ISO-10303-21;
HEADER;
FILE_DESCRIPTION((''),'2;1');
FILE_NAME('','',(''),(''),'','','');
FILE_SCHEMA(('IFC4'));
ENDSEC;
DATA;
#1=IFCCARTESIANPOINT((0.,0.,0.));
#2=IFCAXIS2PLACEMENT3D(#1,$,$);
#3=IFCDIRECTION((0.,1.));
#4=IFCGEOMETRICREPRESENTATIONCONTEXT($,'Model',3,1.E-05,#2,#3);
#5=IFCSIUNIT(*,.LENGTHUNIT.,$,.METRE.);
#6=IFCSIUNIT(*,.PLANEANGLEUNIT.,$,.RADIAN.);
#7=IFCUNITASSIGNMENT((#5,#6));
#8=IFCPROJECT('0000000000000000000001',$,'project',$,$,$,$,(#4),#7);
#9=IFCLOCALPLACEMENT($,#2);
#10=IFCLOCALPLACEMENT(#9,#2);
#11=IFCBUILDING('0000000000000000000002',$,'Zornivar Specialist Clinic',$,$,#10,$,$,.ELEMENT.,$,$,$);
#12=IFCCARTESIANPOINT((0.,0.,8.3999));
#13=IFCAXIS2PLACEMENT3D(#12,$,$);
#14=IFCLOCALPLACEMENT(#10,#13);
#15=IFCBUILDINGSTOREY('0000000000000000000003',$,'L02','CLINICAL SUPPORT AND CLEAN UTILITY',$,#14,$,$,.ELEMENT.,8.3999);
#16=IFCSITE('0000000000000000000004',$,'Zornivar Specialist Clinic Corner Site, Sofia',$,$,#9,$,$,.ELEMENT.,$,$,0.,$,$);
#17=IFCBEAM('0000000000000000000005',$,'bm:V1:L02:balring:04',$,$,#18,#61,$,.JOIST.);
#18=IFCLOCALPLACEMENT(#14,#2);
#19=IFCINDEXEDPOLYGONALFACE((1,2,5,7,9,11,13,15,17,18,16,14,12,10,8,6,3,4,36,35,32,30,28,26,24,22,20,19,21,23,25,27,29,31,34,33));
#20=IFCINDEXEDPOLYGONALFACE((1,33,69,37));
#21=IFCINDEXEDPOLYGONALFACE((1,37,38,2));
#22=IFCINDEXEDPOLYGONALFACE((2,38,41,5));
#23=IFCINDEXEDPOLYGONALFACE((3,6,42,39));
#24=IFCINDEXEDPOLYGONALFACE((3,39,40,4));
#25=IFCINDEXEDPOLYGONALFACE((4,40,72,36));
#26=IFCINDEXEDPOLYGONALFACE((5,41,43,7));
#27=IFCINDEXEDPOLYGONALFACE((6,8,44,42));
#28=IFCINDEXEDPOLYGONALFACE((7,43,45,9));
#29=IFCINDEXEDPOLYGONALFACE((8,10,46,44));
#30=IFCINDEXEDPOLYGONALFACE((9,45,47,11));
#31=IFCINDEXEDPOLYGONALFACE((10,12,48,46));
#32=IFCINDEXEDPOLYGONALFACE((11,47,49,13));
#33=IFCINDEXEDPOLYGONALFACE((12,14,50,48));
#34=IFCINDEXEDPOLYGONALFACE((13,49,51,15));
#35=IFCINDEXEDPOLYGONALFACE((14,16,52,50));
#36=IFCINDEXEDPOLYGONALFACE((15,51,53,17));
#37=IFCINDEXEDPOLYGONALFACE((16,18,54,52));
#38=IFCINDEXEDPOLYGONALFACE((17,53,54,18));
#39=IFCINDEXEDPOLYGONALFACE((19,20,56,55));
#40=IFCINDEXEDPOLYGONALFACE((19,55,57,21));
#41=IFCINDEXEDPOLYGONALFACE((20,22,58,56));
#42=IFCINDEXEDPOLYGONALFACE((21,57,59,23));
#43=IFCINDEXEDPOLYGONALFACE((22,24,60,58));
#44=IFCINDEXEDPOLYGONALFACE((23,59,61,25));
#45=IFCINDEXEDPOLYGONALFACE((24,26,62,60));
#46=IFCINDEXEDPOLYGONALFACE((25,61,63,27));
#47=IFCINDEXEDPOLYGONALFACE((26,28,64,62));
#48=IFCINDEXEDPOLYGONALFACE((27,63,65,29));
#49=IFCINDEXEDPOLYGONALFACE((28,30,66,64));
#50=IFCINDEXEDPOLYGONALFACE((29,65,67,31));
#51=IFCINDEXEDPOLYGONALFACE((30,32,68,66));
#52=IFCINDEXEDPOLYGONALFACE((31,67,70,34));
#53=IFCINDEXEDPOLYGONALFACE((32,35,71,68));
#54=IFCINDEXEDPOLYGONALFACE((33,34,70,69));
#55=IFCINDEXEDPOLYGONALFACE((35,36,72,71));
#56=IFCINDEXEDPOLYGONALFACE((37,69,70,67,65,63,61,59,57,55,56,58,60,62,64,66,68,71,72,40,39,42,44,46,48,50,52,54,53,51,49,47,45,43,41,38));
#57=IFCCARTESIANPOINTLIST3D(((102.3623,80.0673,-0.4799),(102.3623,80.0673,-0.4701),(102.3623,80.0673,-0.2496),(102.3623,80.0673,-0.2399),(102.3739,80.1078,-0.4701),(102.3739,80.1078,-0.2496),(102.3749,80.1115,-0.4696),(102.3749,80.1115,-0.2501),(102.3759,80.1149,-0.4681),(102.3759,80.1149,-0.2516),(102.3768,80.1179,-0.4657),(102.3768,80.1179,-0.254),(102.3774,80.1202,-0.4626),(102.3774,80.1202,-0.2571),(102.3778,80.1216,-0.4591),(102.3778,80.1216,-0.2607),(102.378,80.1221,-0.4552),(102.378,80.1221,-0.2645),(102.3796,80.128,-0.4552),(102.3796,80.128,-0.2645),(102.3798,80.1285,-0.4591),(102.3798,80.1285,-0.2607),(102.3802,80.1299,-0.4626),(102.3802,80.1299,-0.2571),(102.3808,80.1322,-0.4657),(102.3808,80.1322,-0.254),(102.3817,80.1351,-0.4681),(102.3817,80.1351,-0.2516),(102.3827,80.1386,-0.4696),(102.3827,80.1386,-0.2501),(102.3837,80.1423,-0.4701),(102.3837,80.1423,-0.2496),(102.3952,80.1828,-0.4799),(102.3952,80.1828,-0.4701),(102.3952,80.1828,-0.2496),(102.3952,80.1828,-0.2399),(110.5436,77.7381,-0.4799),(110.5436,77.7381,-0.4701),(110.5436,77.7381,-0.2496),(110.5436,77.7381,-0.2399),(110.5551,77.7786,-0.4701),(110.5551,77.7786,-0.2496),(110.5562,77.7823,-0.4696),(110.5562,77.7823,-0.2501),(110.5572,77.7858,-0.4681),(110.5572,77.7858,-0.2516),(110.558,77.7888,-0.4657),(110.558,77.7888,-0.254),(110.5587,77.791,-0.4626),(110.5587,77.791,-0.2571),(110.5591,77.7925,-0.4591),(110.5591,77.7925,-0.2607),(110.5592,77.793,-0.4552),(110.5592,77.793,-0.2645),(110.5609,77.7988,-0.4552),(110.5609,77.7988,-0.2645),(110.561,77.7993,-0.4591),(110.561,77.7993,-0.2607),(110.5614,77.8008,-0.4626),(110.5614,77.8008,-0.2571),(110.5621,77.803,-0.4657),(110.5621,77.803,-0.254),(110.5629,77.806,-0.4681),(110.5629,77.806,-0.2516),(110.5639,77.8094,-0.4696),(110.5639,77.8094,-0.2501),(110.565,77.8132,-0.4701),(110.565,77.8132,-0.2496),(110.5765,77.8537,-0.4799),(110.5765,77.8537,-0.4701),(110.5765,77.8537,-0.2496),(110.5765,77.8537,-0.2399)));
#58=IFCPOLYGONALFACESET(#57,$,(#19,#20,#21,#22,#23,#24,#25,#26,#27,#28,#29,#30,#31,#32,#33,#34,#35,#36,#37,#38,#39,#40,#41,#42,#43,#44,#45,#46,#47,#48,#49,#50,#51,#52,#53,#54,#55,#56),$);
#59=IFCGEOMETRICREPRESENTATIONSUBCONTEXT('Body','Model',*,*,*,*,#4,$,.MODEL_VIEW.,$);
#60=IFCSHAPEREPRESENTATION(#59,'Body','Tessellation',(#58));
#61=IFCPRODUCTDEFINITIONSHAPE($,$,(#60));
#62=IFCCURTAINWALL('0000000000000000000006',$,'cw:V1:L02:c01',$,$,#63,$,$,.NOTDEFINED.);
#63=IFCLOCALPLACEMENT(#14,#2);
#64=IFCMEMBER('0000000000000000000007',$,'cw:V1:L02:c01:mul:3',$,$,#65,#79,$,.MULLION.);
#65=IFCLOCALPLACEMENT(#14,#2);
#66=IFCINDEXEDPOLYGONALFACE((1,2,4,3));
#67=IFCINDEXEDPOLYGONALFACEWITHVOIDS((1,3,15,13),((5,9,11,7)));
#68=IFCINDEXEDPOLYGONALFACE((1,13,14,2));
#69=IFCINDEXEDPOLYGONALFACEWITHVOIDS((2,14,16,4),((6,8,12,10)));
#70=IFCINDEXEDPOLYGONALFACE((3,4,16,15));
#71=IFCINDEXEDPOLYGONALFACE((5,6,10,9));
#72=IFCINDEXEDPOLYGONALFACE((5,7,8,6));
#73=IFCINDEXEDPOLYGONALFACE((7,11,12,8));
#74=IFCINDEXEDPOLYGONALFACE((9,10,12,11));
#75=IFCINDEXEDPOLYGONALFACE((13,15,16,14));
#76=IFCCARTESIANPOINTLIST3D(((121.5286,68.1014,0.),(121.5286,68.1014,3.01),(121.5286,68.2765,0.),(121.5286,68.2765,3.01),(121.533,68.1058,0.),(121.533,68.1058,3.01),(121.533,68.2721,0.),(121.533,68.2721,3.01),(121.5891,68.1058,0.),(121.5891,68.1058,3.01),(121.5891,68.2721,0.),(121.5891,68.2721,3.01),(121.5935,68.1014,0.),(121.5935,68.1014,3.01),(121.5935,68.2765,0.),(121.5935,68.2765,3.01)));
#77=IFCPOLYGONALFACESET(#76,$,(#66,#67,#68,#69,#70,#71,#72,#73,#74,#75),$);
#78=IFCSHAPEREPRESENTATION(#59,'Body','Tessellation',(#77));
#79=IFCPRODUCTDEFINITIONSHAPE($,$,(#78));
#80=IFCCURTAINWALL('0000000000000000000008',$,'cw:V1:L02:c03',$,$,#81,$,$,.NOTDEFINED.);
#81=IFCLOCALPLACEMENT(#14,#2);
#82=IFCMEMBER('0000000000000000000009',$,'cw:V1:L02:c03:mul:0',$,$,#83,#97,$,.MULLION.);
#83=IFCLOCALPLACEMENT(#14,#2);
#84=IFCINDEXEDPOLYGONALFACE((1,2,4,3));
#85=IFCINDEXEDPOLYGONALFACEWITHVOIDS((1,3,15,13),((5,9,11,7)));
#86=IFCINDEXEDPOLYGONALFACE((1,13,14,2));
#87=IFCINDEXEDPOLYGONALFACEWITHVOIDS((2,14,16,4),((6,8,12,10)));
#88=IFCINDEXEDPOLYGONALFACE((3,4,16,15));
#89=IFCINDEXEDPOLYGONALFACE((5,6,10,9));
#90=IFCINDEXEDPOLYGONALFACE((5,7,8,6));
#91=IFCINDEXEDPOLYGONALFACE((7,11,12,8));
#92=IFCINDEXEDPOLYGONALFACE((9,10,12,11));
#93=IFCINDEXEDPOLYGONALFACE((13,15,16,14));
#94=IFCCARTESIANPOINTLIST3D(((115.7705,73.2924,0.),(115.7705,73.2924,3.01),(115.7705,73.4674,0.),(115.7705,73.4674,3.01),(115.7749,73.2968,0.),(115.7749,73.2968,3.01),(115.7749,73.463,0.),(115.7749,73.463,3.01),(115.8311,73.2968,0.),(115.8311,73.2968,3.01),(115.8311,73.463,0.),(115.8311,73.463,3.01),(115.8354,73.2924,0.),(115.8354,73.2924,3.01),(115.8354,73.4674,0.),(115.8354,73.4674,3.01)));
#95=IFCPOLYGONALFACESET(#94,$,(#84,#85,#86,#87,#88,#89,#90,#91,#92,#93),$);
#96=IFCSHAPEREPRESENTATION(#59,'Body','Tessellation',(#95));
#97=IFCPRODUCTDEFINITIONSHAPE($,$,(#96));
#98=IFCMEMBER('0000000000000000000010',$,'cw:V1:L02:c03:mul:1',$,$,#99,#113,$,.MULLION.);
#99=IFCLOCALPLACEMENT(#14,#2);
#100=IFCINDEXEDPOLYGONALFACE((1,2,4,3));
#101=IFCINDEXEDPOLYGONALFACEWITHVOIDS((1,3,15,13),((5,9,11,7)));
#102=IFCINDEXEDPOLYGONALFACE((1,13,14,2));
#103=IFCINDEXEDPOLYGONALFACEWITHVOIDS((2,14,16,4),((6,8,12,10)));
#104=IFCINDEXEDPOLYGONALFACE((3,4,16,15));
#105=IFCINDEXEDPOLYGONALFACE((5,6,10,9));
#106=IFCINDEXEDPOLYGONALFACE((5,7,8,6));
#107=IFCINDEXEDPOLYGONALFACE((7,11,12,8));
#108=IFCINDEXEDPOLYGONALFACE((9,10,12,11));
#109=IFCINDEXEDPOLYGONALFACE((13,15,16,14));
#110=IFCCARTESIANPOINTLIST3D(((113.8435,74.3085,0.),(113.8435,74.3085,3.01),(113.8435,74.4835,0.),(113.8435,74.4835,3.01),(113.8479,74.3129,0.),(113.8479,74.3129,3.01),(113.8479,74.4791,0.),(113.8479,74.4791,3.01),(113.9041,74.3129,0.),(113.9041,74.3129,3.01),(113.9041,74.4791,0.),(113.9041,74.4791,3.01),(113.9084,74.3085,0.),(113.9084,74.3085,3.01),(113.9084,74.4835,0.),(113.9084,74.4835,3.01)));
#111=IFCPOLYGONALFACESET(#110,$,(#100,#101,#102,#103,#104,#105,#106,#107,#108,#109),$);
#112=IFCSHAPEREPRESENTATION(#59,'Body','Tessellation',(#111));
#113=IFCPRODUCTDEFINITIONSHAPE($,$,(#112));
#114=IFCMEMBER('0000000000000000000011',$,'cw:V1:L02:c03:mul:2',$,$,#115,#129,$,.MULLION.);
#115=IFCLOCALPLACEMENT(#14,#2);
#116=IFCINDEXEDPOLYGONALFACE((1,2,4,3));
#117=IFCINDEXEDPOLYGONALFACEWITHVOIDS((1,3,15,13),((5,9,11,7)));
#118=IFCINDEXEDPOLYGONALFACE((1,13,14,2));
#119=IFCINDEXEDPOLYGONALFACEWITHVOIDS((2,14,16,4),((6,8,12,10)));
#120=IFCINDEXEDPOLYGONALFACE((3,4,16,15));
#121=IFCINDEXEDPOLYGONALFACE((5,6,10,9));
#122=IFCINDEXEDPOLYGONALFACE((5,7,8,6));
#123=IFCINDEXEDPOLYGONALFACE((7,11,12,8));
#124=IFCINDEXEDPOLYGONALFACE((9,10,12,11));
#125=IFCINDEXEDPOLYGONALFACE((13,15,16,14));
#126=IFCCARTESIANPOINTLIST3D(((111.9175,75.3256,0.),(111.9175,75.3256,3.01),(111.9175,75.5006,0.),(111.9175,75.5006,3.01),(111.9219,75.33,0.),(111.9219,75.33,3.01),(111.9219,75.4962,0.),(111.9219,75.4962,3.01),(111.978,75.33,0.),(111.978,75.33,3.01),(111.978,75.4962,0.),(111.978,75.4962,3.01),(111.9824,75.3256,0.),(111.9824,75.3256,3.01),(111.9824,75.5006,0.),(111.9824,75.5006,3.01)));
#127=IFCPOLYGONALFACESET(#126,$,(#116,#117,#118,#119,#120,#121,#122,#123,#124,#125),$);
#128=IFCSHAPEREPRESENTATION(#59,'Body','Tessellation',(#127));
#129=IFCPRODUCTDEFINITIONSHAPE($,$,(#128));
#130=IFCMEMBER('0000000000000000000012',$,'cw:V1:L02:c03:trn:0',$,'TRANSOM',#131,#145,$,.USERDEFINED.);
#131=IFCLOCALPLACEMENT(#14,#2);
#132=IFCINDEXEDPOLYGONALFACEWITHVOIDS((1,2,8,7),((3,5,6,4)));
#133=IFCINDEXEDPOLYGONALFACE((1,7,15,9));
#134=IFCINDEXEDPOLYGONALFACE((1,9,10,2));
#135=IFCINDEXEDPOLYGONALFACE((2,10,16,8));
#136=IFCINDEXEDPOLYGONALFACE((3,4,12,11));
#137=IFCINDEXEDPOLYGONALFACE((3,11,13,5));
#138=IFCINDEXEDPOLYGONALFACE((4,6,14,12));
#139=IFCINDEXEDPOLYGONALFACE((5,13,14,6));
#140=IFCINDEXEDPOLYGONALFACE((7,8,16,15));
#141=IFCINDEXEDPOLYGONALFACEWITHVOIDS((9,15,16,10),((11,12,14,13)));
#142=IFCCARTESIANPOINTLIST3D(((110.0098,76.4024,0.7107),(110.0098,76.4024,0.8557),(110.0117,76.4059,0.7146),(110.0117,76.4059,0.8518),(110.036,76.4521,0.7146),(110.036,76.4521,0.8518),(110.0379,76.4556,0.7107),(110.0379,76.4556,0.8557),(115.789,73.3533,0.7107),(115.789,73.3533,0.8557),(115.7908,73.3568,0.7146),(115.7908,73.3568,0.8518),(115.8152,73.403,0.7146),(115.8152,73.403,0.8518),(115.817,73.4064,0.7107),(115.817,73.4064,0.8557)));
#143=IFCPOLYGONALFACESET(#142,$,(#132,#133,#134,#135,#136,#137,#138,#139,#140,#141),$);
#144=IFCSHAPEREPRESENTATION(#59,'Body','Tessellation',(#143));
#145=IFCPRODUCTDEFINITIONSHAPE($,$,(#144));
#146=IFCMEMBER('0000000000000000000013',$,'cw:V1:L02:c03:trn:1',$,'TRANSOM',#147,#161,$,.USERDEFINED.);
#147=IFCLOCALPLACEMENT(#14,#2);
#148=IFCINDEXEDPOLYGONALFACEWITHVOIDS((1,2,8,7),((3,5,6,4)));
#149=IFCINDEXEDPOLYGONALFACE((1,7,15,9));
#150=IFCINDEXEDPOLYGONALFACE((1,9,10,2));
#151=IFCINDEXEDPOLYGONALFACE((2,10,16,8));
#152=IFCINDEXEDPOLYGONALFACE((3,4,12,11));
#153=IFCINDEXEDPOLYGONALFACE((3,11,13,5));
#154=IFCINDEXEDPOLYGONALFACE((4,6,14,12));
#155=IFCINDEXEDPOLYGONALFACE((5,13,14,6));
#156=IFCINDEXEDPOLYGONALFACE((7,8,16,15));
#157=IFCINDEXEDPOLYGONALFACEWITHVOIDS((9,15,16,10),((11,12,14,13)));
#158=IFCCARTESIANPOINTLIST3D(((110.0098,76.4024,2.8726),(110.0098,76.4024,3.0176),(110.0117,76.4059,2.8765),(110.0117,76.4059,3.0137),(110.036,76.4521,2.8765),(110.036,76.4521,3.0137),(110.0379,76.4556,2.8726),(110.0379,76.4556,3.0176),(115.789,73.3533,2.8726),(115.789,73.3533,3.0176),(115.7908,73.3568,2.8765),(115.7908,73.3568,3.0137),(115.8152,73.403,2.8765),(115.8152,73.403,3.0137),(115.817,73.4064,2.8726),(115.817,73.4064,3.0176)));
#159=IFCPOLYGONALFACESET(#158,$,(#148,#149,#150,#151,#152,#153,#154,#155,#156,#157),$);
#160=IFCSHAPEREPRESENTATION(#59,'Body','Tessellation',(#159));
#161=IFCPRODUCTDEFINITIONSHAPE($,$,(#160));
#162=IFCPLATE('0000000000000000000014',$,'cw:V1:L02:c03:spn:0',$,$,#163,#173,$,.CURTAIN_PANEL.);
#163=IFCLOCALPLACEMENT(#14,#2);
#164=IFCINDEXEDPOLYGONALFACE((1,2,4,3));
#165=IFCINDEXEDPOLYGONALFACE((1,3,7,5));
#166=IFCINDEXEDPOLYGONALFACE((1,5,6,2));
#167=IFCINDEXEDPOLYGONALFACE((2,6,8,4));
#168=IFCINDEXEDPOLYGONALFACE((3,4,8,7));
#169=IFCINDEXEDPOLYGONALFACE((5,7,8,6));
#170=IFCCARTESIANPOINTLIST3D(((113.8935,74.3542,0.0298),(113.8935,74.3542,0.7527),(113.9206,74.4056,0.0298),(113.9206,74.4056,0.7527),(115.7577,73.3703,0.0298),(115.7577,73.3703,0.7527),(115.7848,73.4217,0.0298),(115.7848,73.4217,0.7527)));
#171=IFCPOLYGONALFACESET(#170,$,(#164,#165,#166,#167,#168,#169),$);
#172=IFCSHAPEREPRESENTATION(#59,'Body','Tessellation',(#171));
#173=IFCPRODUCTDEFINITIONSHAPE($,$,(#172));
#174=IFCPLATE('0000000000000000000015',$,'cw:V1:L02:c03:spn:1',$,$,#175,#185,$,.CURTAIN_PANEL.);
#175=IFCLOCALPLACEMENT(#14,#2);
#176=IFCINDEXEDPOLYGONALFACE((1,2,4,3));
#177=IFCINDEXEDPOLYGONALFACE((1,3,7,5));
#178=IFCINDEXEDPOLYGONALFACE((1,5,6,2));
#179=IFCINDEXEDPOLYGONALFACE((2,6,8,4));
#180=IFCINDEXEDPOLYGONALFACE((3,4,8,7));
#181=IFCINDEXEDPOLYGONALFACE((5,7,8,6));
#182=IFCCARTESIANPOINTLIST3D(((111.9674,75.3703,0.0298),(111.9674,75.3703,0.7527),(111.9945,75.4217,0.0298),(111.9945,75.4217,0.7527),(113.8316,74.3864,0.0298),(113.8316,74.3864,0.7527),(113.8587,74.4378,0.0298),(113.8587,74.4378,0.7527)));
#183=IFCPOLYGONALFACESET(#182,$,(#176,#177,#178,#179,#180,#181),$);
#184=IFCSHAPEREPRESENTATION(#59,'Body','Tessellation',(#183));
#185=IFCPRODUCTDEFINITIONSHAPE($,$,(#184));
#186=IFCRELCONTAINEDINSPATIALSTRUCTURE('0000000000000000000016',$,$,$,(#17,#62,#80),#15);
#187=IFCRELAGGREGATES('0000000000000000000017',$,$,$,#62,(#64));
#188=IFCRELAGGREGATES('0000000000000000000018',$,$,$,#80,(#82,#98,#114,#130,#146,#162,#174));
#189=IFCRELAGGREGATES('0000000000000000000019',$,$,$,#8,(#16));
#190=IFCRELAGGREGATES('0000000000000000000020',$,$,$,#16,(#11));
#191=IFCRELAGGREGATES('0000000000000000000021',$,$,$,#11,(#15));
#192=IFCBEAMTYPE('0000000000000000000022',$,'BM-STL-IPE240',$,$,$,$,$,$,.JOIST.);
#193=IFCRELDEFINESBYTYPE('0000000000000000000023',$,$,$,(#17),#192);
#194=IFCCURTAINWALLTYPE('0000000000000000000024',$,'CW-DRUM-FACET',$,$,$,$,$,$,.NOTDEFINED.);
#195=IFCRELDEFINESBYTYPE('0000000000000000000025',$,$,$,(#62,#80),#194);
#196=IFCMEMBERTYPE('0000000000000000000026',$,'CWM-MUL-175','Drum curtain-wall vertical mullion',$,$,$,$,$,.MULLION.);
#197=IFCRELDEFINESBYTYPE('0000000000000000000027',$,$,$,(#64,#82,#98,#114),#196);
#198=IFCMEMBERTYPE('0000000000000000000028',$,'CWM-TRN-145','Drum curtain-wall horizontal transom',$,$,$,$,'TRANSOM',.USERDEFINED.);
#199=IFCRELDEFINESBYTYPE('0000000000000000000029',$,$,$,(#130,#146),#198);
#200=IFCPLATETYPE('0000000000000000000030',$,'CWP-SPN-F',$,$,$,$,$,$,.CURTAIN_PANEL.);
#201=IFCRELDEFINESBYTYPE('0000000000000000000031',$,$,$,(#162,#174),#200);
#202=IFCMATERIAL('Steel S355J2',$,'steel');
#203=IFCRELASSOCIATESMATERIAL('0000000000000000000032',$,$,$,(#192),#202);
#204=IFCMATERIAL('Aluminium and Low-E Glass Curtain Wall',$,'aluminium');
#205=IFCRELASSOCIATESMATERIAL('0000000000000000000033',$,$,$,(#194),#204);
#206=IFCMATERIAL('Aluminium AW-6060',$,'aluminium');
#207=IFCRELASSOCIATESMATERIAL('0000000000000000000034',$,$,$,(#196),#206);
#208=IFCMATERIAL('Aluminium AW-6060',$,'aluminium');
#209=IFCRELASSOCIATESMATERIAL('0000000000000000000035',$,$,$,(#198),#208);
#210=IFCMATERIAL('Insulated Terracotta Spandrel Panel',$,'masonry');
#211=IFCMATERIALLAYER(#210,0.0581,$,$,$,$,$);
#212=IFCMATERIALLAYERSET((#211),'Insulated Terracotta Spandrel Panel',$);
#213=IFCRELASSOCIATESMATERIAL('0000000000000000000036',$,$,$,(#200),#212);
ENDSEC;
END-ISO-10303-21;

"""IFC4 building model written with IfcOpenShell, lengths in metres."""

from ifc_helpers import new_model, si_unit, direction, frame, origin, origin_2d, place, context, subcontext, project, spatial, rectangle, hollow_rectangle, i_section, extrude, material, layer, layer_set, material_profile, profile_set, type_object, element, aggregate, save


model = new_model("IFC4")

# Units and contexts
model_context = context("Model", 3, precision=1e-05, world=origin(), true_north=direction((0.0, 1.0)))
body_context = subcontext(model_context, "Body", "Model", "MODEL_VIEW")
ifc_project = project(units=[si_unit("LENGTHUNIT", "METRE"), si_unit("PLANEANGLEUNIT", "RADIAN")], contexts=[model_context])

# Site, building, storey
site_placement = place(None, origin())
site = spatial("IfcSite", under=ifc_project, at=site_placement, Name="Zornivar Specialist Clinic Corner Site, Sofia", CompositionType="ELEMENT", RefElevation=0.0)
building_placement = place(site_placement, origin())
building = spatial("IfcBuilding", under=site, at=building_placement, Name="Zornivar Specialist Clinic", CompositionType="ELEMENT")
storey_placement = place(building_placement, frame((0.0, 0.0, 8.3999)))
storey = spatial("IfcBuildingStorey", under=building, at=storey_placement, Name="L02", Description="CLINICAL SUPPORT AND CLEAN UTILITY", CompositionType="ELEMENT", Elevation=8.3999)

# Beam
ifc_material_1 = material(Name="Steel S355J2", Category="steel")
ifc_material_profile_1 = material_profile(ifc_material_1, i_section(OverallWidth=0.1201, OverallDepth=0.24, WebThickness=0.0061, FlangeThickness=0.0098, FilletRadius=0.0149, at=origin_2d()), Name="IPE 240")
ifc_profile_set_1 = profile_set([ifc_material_profile_1], Name="Steel S355J2")
beam_type_1 = type_object("IfcBeamType", Name="BM-STL-IPE240", PredefinedType="JOIST", material=ifc_profile_set_1)
beam_1_placement = place(storey_placement, frame((110.5601, 77.7959, -0.3599), z_axis=(-0.961783, 0.273811, 0.0), x_axis=(-0.273811, -0.961783, 0.0)))
element("IfcBeam", 1, at=beam_1_placement, inside=storey, type_object=beam_type_1, Name="bm:V1:L02:balring:04", PredefinedType="JOIST", context=body_context, shape_type="SweptSolid", body=[
    extrude(i_section(OverallWidth=0.1201, OverallDepth=0.24, WebThickness=0.0061, FlangeThickness=0.0098, FilletRadius=0.0149, at=origin_2d()), origin(), (0.0, 0.0, 1.0), 8.5063),
])

# Curtain wall, member
ifc_material_2 = material(Name="Aluminium and Low-E Glass Curtain Wall", Category="aluminium")
curtain_wall_type = type_object("IfcCurtainWallType", Name="CW-DRUM-FACET", PredefinedType="NOTDEFINED", material=ifc_material_2)
curtain_wall_1_placement = place(storey_placement, origin())
curtain_wall_1 = element("IfcCurtainWall", 2, at=curtain_wall_1_placement, inside=storey, type_object=curtain_wall_type, Name="cw:V1:L02:c01", PredefinedType="NOTDEFINED")
ifc_material_3 = material(Name="Aluminium AW-6060", Category="aluminium")
ifc_material_profile_2 = material_profile(ifc_material_3, hollow_rectangle(XDim=0.0649, YDim=0.175, WallThickness=0.0044, at=origin_2d()), Name="ALU 65x175x4.5")
ifc_profile_set_2 = profile_set([ifc_material_profile_2], Name="Aluminium AW-6060")
member_type_1 = type_object("IfcMemberType", Name="CWM-MUL-175", Description="Drum curtain-wall vertical mullion", PredefinedType="MULLION", material=ifc_profile_set_2)
member_1_placement = place(storey_placement, frame((121.561, 68.189, 0.0), z_axis=(0.0, 0.0, 1.0), x_axis=(1.0, 0.0, 0.0)))
member_1 = element("IfcMember", 3, at=member_1_placement, type_object=member_type_1, Name="cw:V1:L02:c01:mul:3", PredefinedType="MULLION", context=body_context, shape_type="SweptSolid", body=[
    extrude(hollow_rectangle(XDim=0.0649, YDim=0.175, WallThickness=0.0044, at=origin_2d()), origin(), (0.0, 0.0, 1.0), 3.01),
])
aggregate(curtain_wall_1, [member_1])

# Curtain wall, members, plates
curtain_wall_2_placement = place(storey_placement, origin())
curtain_wall_2 = element("IfcCurtainWall", 4, at=curtain_wall_2_placement, inside=storey, type_object=curtain_wall_type, Name="cw:V1:L02:c03", PredefinedType="NOTDEFINED")
member_2_placement = place(storey_placement, frame((115.803, 73.3799, 0.0), z_axis=(0.0, 0.0, 1.0), x_axis=(1.0, 0.0, 0.0)))
member_2 = element("IfcMember", 5, at=member_2_placement, type_object=member_type_1, Name="cw:V1:L02:c03:mul:0", PredefinedType="MULLION", context=body_context, shape_type="SweptSolid", body=[
    extrude(hollow_rectangle(XDim=0.0649, YDim=0.175, WallThickness=0.0044, at=origin_2d()), origin(), (0.0, 0.0, 1.0), 3.01),
])
member_3_placement = place(storey_placement, frame((113.876, 74.396, 0.0), z_axis=(0.0, 0.0, 1.0), x_axis=(1.0, 0.0, 0.0)))
member_3 = element("IfcMember", 6, at=member_3_placement, type_object=member_type_1, Name="cw:V1:L02:c03:mul:1", PredefinedType="MULLION", context=body_context, shape_type="SweptSolid", body=[
    extrude(hollow_rectangle(XDim=0.0649, YDim=0.175, WallThickness=0.0044, at=origin_2d()), origin(), (0.0, 0.0, 1.0), 3.01),
])
member_4_placement = place(storey_placement, frame((111.95, 75.4131, 0.0), z_axis=(0.0, 0.0, 1.0), x_axis=(1.0, 0.0, 0.0)))
member_4 = element("IfcMember", 7, at=member_4_placement, type_object=member_type_1, Name="cw:V1:L02:c03:mul:2", PredefinedType="MULLION", context=body_context, shape_type="SweptSolid", body=[
    extrude(hollow_rectangle(XDim=0.0649, YDim=0.175, WallThickness=0.0044, at=origin_2d()), origin(), (0.0, 0.0, 1.0), 3.01),
])
ifc_material_4 = material(Name="Aluminium AW-6060", Category="aluminium")
ifc_material_profile_3 = material_profile(ifc_material_4, hollow_rectangle(XDim=0.0601, YDim=0.145, WallThickness=0.0039, at=origin_2d()), Name="ALU 60x145x4")
ifc_profile_set_3 = profile_set([ifc_material_profile_3], Name="Aluminium AW-6060")
member_type_2 = type_object("IfcMemberType", Name="CWM-TRN-145", Description="Drum curtain-wall horizontal transom", ElementType="TRANSOM", PredefinedType="USERDEFINED", material=ifc_profile_set_3)
member_5_placement = place(storey_placement, frame((115.803, 73.3799, 0.7832), z_axis=(-0.884447, 0.466641, 0.0), x_axis=(-0.466641, -0.884447, 0.0)))
member_5 = element("IfcMember", 8, at=member_5_placement, type_object=member_type_2, Name="cw:V1:L02:c03:trn:0", ObjectType="TRANSOM", PredefinedType="USERDEFINED", context=body_context, shape_type="SweptSolid", body=[
    extrude(hollow_rectangle(XDim=0.0601, YDim=0.145, WallThickness=0.0039, at=origin_2d()), origin(), (0.0, 0.0, 1.0), 6.5342),
])
member_6_placement = place(storey_placement, frame((115.803, 73.3799, 2.9451), z_axis=(-0.884447, 0.466641, 0.0), x_axis=(-0.466641, -0.884447, 0.0)))
member_6 = element("IfcMember", 9, at=member_6_placement, type_object=member_type_2, Name="cw:V1:L02:c03:trn:1", ObjectType="TRANSOM", PredefinedType="USERDEFINED", context=body_context, shape_type="SweptSolid", body=[
    extrude(hollow_rectangle(XDim=0.0601, YDim=0.145, WallThickness=0.0039, at=origin_2d()), origin(), (0.0, 0.0, 1.0), 6.5342),
])
ifc_material_5 = material(Name="Insulated Terracotta Spandrel Panel", Category="masonry")
ifc_layer_1 = layer(ifc_material_5, 0.0581)
ifc_layer_set_1 = layer_set([ifc_layer_1], Name="Insulated Terracotta Spandrel Panel")
plate_type_1 = type_object("IfcPlateType", Name="CWP-SPN-F", PredefinedType="CURTAIN_PANEL", material=ifc_layer_set_1)
plate_1_placement = place(storey_placement, frame((114.8391, 73.8879, 0.0298), z_axis=(0.0, 0.0, 1.0), x_axis=(-0.884383, 0.466762, 0.0)))
plate_1 = element("IfcPlate", 10, at=plate_1_placement, type_object=plate_type_1, Name="cw:V1:L02:c03:spn:0", PredefinedType="CURTAIN_PANEL", context=body_context, shape_type="SweptSolid", body=[
    extrude(rectangle(XDim=2.1079, YDim=0.0581, at=origin_2d()), origin(), (0.0, 0.0, 1.0), 0.7229),
])
plate_2_placement = place(storey_placement, frame((112.9131, 74.9041, 0.0298), z_axis=(0.0, 0.0, 1.0), x_axis=(-0.884383, 0.466762, 0.0)))
plate_2 = element("IfcPlate", 11, at=plate_2_placement, type_object=plate_type_1, Name="cw:V1:L02:c03:spn:1", PredefinedType="CURTAIN_PANEL", context=body_context, shape_type="SweptSolid", body=[
    extrude(rectangle(XDim=2.1079, YDim=0.0581, at=origin_2d()), origin(), (0.0, 0.0, 1.0), 0.7229),
])
aggregate(curtain_wall_2, [member_2, member_3, member_4, member_5, member_6, plate_1, plate_2])

save(model, "model.ifc")
